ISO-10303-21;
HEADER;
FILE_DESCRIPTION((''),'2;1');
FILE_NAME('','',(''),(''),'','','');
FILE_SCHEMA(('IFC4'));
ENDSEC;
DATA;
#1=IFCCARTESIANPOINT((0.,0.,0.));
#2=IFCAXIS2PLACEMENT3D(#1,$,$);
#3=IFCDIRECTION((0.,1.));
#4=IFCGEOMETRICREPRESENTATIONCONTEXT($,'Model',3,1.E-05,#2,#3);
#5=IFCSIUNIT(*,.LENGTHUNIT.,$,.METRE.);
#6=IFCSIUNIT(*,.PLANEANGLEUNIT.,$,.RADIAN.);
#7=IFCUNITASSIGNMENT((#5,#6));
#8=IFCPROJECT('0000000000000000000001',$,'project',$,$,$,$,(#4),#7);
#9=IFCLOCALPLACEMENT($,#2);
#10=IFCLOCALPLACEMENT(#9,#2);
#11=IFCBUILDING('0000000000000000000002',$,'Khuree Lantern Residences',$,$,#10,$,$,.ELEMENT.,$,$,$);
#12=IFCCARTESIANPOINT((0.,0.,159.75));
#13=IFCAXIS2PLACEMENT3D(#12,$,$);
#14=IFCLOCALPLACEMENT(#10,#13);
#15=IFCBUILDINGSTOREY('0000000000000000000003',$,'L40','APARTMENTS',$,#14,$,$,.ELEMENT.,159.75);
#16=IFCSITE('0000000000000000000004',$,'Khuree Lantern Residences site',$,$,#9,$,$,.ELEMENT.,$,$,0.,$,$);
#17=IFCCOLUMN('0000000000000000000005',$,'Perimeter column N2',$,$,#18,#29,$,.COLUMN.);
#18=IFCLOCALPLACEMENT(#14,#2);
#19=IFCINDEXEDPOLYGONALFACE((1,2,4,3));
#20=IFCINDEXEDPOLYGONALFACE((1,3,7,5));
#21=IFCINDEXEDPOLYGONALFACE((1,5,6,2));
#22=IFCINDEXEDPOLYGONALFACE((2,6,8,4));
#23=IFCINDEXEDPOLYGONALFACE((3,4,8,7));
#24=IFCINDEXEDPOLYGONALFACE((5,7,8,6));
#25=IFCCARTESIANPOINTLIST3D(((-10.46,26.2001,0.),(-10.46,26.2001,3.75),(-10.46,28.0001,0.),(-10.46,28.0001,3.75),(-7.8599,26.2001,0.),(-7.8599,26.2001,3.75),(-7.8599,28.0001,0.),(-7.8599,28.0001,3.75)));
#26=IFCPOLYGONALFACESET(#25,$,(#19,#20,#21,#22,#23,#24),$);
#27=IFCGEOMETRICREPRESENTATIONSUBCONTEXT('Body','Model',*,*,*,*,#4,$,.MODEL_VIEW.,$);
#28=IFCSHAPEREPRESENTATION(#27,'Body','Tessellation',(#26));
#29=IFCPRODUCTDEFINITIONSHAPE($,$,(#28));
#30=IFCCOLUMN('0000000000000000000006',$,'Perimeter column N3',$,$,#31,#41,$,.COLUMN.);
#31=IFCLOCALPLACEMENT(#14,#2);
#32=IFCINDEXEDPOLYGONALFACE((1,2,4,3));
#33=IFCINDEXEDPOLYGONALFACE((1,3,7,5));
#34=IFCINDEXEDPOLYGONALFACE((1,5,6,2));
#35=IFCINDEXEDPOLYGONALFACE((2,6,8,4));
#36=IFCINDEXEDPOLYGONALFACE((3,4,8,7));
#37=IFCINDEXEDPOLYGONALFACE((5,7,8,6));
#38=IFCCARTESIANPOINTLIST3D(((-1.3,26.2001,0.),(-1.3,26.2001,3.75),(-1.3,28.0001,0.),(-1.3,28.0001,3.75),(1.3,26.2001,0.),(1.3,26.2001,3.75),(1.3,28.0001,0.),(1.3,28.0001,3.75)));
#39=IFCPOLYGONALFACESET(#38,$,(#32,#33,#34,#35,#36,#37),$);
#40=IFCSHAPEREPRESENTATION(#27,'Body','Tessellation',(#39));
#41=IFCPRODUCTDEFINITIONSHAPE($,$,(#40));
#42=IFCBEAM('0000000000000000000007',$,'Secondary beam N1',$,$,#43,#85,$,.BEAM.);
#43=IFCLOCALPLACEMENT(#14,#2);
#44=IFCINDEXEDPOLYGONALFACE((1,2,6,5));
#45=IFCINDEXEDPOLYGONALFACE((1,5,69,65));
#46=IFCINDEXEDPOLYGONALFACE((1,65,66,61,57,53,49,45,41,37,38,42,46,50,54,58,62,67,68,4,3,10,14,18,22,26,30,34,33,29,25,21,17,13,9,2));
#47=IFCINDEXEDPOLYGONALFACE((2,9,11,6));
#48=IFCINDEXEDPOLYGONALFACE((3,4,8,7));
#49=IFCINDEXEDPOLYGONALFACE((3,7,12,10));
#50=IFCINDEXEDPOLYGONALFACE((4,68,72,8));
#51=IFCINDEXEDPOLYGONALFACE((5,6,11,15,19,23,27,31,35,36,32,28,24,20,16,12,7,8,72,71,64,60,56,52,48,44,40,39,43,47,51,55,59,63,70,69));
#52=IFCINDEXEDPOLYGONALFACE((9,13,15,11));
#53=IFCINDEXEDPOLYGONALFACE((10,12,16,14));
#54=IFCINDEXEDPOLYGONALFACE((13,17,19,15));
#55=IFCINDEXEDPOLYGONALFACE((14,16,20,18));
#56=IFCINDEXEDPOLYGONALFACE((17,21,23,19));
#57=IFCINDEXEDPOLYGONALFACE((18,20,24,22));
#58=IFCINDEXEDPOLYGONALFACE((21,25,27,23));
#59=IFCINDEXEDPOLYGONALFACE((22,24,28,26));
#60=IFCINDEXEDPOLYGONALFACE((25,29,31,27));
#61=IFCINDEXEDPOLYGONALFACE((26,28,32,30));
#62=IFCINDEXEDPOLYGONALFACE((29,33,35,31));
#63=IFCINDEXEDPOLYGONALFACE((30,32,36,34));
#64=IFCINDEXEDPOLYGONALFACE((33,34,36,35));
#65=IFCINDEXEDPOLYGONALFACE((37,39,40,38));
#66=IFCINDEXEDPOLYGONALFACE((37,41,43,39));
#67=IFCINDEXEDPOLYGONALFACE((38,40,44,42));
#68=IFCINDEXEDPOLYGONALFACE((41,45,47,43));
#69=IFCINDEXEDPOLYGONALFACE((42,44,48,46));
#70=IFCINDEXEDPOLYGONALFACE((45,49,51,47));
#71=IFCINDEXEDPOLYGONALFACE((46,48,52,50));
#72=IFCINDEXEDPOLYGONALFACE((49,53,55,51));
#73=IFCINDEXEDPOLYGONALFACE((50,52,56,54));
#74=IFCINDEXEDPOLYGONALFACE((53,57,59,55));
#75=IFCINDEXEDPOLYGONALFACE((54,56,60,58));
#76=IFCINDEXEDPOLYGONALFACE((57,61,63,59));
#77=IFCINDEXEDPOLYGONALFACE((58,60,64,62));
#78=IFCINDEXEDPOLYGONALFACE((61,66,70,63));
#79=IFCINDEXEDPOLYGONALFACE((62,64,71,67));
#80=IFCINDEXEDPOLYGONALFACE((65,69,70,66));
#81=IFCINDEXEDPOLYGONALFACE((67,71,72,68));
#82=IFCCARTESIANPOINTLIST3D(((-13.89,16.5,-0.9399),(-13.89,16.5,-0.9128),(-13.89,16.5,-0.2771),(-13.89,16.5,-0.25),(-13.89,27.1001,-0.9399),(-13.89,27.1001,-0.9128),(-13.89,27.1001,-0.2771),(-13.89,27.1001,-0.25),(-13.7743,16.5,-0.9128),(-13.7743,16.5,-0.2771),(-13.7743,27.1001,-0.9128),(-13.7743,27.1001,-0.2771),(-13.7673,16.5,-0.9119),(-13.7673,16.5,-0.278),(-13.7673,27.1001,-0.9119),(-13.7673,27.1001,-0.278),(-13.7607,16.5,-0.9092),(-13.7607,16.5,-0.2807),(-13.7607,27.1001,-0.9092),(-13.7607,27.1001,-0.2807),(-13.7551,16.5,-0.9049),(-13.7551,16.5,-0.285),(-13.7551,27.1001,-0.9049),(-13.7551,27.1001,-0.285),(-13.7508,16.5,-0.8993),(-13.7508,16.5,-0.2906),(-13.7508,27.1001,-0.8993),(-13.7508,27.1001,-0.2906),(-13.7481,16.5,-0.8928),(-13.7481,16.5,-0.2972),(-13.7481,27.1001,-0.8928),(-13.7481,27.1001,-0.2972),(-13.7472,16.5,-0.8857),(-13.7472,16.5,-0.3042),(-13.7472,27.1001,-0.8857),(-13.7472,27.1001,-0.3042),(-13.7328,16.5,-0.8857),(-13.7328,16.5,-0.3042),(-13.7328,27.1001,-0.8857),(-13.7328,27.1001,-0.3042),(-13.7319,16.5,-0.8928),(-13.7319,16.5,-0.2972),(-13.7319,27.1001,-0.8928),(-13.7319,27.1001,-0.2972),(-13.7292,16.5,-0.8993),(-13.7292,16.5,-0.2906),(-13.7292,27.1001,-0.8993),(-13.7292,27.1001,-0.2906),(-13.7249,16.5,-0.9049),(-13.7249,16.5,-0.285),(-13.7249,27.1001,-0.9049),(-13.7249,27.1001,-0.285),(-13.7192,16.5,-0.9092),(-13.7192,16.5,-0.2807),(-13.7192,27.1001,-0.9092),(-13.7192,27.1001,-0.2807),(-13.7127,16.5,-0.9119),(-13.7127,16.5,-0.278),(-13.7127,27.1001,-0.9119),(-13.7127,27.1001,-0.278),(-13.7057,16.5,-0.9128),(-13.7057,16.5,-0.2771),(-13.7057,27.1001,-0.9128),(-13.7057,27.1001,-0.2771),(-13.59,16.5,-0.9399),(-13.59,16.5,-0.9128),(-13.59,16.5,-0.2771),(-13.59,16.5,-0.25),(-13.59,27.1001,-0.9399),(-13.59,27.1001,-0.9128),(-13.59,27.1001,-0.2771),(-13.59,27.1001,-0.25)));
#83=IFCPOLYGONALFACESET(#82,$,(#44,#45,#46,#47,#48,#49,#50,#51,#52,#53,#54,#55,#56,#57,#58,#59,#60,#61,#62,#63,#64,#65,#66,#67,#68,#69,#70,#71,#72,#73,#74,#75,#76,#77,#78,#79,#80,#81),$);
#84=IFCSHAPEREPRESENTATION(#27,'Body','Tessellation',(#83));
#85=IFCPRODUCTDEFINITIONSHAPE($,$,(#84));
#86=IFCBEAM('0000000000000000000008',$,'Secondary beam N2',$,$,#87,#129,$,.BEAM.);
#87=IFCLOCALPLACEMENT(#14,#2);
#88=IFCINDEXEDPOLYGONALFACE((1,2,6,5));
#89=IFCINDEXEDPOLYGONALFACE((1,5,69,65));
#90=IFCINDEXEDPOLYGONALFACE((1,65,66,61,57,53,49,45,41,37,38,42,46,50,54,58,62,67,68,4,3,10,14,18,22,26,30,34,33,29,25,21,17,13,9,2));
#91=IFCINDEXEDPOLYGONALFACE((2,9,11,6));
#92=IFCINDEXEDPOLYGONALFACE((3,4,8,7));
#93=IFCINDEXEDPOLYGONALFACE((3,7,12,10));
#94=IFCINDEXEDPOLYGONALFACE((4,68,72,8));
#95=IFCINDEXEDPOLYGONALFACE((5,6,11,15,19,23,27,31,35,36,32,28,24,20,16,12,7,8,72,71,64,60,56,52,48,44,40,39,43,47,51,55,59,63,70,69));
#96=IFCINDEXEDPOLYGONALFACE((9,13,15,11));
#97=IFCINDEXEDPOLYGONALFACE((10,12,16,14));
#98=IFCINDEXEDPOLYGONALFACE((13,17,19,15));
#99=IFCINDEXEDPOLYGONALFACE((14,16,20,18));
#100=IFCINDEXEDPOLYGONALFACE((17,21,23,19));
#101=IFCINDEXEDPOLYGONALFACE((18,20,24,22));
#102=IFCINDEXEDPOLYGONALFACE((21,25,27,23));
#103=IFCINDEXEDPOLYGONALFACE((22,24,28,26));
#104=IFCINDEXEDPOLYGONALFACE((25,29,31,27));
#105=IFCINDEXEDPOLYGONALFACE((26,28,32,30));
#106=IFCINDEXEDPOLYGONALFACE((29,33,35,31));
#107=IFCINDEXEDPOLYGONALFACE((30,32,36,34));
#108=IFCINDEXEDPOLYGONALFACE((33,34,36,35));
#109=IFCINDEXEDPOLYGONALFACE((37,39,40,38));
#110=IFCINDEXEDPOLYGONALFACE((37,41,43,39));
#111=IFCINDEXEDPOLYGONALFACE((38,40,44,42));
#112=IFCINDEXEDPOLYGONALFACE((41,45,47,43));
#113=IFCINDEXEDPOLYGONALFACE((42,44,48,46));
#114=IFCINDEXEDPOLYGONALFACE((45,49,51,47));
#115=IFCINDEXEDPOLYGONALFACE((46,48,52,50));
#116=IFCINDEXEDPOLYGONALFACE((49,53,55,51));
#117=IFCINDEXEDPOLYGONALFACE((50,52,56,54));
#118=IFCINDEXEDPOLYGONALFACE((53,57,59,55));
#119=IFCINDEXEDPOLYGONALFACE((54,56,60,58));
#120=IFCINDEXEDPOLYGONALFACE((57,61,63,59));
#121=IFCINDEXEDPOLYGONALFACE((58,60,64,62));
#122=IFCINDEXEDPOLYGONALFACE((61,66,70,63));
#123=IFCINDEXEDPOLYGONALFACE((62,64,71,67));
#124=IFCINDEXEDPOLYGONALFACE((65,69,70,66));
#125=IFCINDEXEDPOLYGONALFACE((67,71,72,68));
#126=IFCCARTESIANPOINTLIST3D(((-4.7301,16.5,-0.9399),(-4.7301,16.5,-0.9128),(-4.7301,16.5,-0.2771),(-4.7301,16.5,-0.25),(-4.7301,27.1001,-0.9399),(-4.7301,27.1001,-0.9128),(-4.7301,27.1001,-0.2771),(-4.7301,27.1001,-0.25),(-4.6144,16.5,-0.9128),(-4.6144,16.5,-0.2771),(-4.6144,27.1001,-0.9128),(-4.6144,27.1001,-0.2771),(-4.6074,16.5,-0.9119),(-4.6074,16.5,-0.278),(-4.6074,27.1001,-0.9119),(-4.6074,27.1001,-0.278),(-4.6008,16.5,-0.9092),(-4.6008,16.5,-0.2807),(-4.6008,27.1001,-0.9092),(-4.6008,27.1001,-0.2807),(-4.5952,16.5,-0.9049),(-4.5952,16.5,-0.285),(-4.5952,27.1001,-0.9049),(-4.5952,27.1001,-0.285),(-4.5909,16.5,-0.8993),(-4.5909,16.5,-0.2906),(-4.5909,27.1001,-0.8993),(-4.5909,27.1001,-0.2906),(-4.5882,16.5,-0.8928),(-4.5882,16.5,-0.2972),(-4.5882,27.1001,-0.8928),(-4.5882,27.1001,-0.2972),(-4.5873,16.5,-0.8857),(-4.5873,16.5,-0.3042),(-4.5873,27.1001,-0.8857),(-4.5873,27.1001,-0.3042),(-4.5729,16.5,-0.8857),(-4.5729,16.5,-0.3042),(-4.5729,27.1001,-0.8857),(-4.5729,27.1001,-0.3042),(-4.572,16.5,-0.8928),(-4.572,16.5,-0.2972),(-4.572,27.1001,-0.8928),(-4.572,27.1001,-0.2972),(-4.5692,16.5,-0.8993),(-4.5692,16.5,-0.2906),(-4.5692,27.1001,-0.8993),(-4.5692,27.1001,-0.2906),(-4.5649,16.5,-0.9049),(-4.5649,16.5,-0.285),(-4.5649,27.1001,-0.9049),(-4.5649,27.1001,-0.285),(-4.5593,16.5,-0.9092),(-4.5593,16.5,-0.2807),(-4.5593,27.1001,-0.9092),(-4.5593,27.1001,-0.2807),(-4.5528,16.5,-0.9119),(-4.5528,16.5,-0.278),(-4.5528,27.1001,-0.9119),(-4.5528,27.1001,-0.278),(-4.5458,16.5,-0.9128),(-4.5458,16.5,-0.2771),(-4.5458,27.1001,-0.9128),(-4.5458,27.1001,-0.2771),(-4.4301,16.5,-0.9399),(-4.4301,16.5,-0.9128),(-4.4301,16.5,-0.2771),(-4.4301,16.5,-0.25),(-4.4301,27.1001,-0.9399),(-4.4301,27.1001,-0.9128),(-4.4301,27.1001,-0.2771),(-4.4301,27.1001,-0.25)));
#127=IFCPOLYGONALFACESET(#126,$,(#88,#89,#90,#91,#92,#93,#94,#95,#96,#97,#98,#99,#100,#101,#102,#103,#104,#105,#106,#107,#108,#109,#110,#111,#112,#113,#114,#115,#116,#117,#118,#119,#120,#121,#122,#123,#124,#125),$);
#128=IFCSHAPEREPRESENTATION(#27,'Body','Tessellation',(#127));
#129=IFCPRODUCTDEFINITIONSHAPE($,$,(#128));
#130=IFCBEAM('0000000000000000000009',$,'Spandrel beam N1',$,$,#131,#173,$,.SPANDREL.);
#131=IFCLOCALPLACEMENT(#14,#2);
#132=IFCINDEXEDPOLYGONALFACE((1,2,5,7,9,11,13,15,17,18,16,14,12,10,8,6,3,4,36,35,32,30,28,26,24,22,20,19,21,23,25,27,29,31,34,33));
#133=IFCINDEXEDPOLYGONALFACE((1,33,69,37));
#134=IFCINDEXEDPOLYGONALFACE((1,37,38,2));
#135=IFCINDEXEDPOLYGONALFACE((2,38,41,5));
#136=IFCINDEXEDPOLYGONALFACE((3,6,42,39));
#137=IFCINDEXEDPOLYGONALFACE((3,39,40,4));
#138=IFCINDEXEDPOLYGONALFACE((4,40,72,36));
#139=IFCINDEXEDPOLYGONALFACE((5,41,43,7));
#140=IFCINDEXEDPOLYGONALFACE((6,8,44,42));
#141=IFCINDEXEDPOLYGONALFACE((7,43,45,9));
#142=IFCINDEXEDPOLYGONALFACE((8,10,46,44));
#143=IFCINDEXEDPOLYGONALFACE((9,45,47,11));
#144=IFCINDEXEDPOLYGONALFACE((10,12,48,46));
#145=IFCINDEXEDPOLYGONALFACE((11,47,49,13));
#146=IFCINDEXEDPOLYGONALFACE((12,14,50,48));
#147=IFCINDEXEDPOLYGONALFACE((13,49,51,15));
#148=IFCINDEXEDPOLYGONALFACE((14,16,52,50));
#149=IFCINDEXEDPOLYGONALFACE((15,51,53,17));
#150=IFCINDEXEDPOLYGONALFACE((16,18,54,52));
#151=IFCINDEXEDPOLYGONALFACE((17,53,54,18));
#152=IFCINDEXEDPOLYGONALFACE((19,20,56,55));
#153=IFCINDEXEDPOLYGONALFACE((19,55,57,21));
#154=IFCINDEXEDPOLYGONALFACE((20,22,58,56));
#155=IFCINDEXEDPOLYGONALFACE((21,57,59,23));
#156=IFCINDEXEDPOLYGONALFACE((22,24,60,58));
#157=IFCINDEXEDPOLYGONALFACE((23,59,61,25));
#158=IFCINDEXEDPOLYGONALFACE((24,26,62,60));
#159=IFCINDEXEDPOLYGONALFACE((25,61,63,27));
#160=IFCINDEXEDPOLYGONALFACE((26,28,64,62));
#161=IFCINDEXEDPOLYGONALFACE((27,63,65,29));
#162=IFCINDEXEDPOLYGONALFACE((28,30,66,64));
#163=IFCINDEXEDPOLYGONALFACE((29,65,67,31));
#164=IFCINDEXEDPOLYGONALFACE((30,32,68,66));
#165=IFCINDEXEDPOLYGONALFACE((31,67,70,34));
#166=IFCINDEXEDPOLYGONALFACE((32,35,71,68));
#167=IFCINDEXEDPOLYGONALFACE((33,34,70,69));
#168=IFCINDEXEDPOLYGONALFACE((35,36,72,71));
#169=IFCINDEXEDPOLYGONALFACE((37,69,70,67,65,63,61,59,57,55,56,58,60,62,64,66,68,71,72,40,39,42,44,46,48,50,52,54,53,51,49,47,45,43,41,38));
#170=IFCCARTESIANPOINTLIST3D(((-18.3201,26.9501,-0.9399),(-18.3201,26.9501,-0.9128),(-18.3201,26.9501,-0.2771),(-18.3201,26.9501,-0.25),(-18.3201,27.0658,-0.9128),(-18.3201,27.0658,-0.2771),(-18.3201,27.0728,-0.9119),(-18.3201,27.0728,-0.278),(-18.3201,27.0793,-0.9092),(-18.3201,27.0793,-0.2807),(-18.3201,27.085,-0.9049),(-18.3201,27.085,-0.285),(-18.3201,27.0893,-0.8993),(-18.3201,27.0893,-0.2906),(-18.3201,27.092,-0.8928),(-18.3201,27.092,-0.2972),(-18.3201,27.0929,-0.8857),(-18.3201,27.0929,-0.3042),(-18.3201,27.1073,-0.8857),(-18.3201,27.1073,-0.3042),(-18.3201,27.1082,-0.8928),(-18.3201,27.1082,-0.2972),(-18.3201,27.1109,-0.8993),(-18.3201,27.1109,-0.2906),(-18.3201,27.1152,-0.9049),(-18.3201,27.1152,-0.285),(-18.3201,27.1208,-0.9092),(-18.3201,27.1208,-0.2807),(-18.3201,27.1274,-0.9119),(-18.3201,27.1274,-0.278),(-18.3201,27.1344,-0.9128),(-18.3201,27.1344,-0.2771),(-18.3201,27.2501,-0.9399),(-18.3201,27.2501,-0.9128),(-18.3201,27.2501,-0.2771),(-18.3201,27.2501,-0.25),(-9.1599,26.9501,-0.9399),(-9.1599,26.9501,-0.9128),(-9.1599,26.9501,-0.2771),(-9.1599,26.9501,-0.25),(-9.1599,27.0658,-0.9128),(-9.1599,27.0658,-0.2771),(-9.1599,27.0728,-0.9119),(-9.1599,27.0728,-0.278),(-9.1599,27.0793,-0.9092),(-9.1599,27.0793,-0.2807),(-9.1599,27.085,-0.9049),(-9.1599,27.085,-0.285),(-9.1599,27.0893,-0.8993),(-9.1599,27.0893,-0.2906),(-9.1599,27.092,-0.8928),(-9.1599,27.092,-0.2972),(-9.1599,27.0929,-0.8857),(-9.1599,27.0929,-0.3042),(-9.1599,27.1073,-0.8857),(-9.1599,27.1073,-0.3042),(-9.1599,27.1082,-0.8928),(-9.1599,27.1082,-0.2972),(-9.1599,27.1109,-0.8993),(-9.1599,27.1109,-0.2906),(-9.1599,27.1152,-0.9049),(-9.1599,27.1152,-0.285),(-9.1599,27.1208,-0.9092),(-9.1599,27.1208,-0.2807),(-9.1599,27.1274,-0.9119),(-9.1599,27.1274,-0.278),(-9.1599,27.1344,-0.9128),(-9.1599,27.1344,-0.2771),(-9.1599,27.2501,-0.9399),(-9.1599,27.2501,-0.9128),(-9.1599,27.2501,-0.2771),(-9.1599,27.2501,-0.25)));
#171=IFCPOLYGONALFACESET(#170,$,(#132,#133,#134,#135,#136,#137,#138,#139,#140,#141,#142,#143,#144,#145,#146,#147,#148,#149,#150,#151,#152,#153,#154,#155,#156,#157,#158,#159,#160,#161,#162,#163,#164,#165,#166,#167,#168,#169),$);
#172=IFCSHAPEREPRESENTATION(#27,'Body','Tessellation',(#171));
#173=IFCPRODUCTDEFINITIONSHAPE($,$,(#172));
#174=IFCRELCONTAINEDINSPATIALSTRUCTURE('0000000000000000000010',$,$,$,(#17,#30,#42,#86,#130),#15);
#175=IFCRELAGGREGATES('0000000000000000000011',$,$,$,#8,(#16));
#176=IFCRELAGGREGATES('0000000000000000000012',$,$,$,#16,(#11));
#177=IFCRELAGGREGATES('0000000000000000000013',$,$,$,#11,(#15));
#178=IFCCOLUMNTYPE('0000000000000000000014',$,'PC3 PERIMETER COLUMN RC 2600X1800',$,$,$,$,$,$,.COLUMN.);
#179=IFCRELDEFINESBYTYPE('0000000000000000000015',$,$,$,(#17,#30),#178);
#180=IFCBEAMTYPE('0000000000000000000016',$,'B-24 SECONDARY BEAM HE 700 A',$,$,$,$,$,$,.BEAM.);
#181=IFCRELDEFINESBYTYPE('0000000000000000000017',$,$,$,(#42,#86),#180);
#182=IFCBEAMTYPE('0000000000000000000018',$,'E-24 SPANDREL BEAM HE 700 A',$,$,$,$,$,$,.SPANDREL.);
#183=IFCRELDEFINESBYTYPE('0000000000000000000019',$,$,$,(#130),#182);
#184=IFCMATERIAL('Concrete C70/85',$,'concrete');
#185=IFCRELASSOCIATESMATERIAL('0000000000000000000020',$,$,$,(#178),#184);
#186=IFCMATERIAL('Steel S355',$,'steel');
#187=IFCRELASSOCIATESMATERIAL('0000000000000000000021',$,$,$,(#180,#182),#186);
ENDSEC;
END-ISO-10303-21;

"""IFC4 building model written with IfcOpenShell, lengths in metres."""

from ifc_helpers import new_model, si_unit, direction, frame, origin, origin_2d, place, context, subcontext, project, spatial, rectangle, i_section, extrude, material, material_profile, profile_set, type_object, element, save


model = new_model("IFC4")

# Units and contexts
model_context = context("Model", 3, precision=1e-05, world=origin(), true_north=direction((0.0, 1.0)))
body_context = subcontext(model_context, "Body", "Model", "MODEL_VIEW")
ifc_project = project(units=[si_unit("LENGTHUNIT", "METRE"), si_unit("PLANEANGLEUNIT", "RADIAN")], contexts=[model_context])

# Site, building, storey
site_placement = place(None, origin())
site = spatial("IfcSite", under=ifc_project, at=site_placement, Name="Khuree Lantern Residences site", CompositionType="ELEMENT", RefElevation=0.0)
building_placement = place(site_placement, origin())
building = spatial("IfcBuilding", under=site, at=building_placement, Name="Khuree Lantern Residences", CompositionType="ELEMENT")
storey_placement = place(building_placement, frame((0.0, 0.0, 159.75)))
storey = spatial("IfcBuildingStorey", under=building, at=storey_placement, Name="L40", Description="APARTMENTS", CompositionType="ELEMENT", Elevation=159.75)

# Columns
ifc_material_1 = material(Name="Concrete C70/85", Category="concrete")
ifc_material_profile_1 = material_profile(ifc_material_1, rectangle(XDim=2.6001, YDim=1.8, at=origin_2d()), Name="RC 2600X1800")
ifc_profile_set_1 = profile_set([ifc_material_profile_1], Name="Concrete C70/85")
column_type = type_object("IfcColumnType", Name="PC3 PERIMETER COLUMN RC 2600X1800", PredefinedType="COLUMN", material=ifc_profile_set_1)
for number, where, z_axis, x_axis, name in (
    (1, (-9.1599, 27.1001, 0.0), (0.0, 0.0, 1.0), (1.0, 0.0, 0.0), "Perimeter column N2"),
    (2, (0.0, 27.1001, 0.0), (0.0, 0.0, 1.0), (1.0, 0.0, 0.0), "Perimeter column N3"),
):
    element("IfcColumn", number, at=place(storey_placement, frame(where, z_axis=z_axis, x_axis=x_axis)), inside=storey, type_object=column_type, Name=name, PredefinedType="COLUMN", context=body_context, shape_type="SweptSolid", body=[
        extrude(rectangle(XDim=2.6001, YDim=1.8, at=origin_2d()), origin(), (0.0, 0.0, 1.0), 3.75),
    ])

# Beams
ifc_material_2 = material(Name="Steel S355", Category="steel")
ifc_material_profile_2 = material_profile(ifc_material_2, i_section(OverallWidth=0.3, OverallDepth=0.6899, WebThickness=0.0144, FlangeThickness=0.0271, FilletRadius=0.0271, at=origin_2d()), Name="HE 700 A")
ifc_profile_set_2 = profile_set([ifc_material_profile_2], Name="Steel S355")
beam_type_1 = type_object("IfcBeamType", Name="B-24 SECONDARY BEAM HE 700 A", PredefinedType="BEAM", material=ifc_profile_set_2)
for number, where, z_axis, x_axis, name in (
    (3, (-13.74, 27.1001, -0.595), (0.0, -1.0, 0.0), (1.0, 0.0, 0.0), "Secondary beam N1"),
    (4, (-4.5801, 27.1001, -0.595), (0.0, -1.0, 0.0), (1.0, 0.0, 0.0), "Secondary beam N2"),
):
    element("IfcBeam", number, at=place(storey_placement, frame(where, z_axis=z_axis, x_axis=x_axis)), inside=storey, type_object=beam_type_1, Name=name, PredefinedType="BEAM", context=body_context, shape_type="SweptSolid", body=[
        extrude(i_section(OverallWidth=0.3, OverallDepth=0.6899, WebThickness=0.0144, FlangeThickness=0.0271, FilletRadius=0.0271, at=origin_2d()), origin(), (0.0, 0.0, 1.0), 10.6001),
    ])
ifc_material_profile_3 = material_profile(ifc_material_2, i_section(OverallWidth=0.3, OverallDepth=0.6899, WebThickness=0.0144, FlangeThickness=0.0271, FilletRadius=0.0271, at=origin_2d()), Name="HE 700 A")
ifc_profile_set_3 = profile_set([ifc_material_profile_3], Name="Steel S355")
beam_type_2 = type_object("IfcBeamType", Name="E-24 SPANDREL BEAM HE 700 A", PredefinedType="SPANDREL", material=ifc_profile_set_3)
beam_1_placement = place(storey_placement, frame((-18.3201, 27.1001, -0.595), z_axis=(1.0, 0.0, 0.0), x_axis=(0.0, 1.0, 0.0)))
element("IfcBeam", 5, at=beam_1_placement, inside=storey, type_object=beam_type_2, Name="Spandrel beam N1", PredefinedType="SPANDREL", context=body_context, shape_type="SweptSolid", body=[
    extrude(i_section(OverallWidth=0.3, OverallDepth=0.6899, WebThickness=0.0144, FlangeThickness=0.0271, FilletRadius=0.0271, at=origin_2d()), origin(), (0.0, 0.0, 1.0), 9.1602),
])

save(model, "model.ifc")
